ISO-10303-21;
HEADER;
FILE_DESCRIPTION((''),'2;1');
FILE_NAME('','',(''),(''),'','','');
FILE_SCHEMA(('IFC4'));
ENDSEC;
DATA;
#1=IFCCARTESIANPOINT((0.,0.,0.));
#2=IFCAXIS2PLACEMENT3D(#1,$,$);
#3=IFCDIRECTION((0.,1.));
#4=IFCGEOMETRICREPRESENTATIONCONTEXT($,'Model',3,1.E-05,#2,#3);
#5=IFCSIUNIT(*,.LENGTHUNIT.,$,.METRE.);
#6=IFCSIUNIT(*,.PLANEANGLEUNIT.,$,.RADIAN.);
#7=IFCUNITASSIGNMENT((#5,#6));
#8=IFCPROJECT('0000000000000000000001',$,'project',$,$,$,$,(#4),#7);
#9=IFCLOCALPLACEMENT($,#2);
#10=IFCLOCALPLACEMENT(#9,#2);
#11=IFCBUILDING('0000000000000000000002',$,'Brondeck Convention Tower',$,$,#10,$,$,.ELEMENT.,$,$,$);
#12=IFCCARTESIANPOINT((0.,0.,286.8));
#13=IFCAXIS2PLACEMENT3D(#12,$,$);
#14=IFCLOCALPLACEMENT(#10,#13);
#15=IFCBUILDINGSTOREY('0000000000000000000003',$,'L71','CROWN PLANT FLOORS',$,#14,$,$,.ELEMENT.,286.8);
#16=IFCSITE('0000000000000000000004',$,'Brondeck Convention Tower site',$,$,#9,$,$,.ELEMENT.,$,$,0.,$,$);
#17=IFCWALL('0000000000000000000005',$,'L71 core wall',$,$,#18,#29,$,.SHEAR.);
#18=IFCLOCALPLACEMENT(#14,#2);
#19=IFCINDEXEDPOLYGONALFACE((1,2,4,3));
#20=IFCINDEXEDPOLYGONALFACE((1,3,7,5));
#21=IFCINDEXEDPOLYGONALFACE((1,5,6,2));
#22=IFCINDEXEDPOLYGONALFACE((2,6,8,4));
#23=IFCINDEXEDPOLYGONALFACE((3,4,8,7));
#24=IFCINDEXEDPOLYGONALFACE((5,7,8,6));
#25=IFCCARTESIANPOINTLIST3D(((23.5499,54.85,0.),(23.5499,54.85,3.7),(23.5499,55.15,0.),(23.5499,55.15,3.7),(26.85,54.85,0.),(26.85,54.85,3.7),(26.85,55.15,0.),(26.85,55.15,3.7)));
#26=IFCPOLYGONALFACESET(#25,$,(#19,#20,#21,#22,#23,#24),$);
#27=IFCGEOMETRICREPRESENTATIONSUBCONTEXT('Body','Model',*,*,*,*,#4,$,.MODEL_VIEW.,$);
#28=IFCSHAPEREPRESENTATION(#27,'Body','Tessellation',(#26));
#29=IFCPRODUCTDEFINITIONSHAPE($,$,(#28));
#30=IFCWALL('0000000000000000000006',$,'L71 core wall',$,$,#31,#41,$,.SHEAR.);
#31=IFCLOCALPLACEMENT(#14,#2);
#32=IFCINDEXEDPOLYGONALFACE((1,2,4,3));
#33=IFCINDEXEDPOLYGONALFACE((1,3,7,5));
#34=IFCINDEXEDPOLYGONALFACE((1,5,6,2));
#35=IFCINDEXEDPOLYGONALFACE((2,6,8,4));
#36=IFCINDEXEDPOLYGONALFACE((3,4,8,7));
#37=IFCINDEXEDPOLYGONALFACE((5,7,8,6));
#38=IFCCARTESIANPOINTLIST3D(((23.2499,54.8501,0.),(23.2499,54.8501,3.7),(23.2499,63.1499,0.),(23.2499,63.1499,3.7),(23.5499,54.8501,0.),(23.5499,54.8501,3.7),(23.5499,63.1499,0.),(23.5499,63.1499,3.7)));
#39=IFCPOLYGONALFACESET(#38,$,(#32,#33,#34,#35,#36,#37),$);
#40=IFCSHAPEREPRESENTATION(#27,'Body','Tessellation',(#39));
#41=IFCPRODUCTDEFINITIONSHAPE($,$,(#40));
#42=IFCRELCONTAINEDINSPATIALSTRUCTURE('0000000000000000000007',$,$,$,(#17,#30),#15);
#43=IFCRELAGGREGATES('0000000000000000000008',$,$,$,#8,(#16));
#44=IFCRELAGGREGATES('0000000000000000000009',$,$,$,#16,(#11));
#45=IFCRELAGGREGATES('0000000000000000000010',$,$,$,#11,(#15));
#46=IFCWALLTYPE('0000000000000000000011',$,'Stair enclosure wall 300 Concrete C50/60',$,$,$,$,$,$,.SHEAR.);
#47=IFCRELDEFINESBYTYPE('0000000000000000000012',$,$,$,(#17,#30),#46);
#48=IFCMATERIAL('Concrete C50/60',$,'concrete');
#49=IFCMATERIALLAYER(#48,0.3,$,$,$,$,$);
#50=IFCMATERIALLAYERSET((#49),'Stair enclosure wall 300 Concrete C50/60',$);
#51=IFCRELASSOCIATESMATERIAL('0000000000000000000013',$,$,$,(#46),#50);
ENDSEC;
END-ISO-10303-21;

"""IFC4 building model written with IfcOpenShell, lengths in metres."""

from ifc_helpers import new_model, si_unit, direction, frame, frame_2d, origin, place, context, subcontext, project, spatial, rectangle, extrude, material, layer, layer_set, type_object, element, save


model = new_model("IFC4")

# Units and contexts
model_context = context("Model", 3, precision=1e-05, world=origin(), true_north=direction((0.0, 1.0)))
body_context = subcontext(model_context, "Body", "Model", "MODEL_VIEW")
ifc_project = project(units=[si_unit("LENGTHUNIT", "METRE"), si_unit("PLANEANGLEUNIT", "RADIAN")], contexts=[model_context])

# Site, building, storey
site_placement = place(None, origin())
site = spatial("IfcSite", under=ifc_project, at=site_placement, Name="Brondeck Convention Tower site", CompositionType="ELEMENT", RefElevation=0.0)
building_placement = place(site_placement, origin())
building = spatial("IfcBuilding", under=site, at=building_placement, Name="Brondeck Convention Tower", CompositionType="ELEMENT")
storey_placement = place(building_placement, frame((0.0, 0.0, 286.8)))
storey = spatial("IfcBuildingStorey", under=building, at=storey_placement, Name="L71", Description="CROWN PLANT FLOORS", CompositionType="ELEMENT", Elevation=286.8)

# Shared definitions
ifc_material_1 = material(Name="Concrete C50/60", Category="concrete")

# Walls
ifc_layer_1 = layer(ifc_material_1, 0.3)
ifc_layer_set_1 = layer_set([ifc_layer_1], Name="Stair enclosure wall 300 Concrete C50/60")
wall_type_1 = type_object("IfcWallType", Name="Stair enclosure wall 300 Concrete C50/60", PredefinedType="SHEAR", material=ifc_layer_set_1)
wall_1_placement = place(storey_placement, frame((23.55, 55.0, 0.0), z_axis=(0.0, 0.0, 1.0), x_axis=(1.0, 0.0, 0.0)))
element("IfcWall", 1, at=wall_1_placement, inside=storey, type_object=wall_type_1, Name="L71 core wall", PredefinedType="SHEAR", context=body_context, shape_type="SweptSolid", body=[
    extrude(rectangle(XDim=3.3, YDim=0.3, at=frame_2d((1.6499, 0.0))), origin(), (0.0, 0.0, 1.0), 3.7),
])
wall_2_placement = place(storey_placement, frame((23.3999, 54.8501, 0.0), z_axis=(0.0, 0.0, 1.0), x_axis=(0.0, 1.0, 0.0)))
element("IfcWall", 2, at=wall_2_placement, inside=storey, type_object=wall_type_1, Name="L71 core wall", PredefinedType="SHEAR", context=body_context, shape_type="SweptSolid", body=[
    extrude(rectangle(XDim=8.2998, YDim=0.3, at=frame_2d((4.1499, 0.0))), origin(), (0.0, 0.0, 1.0), 3.7),
])

save(model, "model.ifc")
